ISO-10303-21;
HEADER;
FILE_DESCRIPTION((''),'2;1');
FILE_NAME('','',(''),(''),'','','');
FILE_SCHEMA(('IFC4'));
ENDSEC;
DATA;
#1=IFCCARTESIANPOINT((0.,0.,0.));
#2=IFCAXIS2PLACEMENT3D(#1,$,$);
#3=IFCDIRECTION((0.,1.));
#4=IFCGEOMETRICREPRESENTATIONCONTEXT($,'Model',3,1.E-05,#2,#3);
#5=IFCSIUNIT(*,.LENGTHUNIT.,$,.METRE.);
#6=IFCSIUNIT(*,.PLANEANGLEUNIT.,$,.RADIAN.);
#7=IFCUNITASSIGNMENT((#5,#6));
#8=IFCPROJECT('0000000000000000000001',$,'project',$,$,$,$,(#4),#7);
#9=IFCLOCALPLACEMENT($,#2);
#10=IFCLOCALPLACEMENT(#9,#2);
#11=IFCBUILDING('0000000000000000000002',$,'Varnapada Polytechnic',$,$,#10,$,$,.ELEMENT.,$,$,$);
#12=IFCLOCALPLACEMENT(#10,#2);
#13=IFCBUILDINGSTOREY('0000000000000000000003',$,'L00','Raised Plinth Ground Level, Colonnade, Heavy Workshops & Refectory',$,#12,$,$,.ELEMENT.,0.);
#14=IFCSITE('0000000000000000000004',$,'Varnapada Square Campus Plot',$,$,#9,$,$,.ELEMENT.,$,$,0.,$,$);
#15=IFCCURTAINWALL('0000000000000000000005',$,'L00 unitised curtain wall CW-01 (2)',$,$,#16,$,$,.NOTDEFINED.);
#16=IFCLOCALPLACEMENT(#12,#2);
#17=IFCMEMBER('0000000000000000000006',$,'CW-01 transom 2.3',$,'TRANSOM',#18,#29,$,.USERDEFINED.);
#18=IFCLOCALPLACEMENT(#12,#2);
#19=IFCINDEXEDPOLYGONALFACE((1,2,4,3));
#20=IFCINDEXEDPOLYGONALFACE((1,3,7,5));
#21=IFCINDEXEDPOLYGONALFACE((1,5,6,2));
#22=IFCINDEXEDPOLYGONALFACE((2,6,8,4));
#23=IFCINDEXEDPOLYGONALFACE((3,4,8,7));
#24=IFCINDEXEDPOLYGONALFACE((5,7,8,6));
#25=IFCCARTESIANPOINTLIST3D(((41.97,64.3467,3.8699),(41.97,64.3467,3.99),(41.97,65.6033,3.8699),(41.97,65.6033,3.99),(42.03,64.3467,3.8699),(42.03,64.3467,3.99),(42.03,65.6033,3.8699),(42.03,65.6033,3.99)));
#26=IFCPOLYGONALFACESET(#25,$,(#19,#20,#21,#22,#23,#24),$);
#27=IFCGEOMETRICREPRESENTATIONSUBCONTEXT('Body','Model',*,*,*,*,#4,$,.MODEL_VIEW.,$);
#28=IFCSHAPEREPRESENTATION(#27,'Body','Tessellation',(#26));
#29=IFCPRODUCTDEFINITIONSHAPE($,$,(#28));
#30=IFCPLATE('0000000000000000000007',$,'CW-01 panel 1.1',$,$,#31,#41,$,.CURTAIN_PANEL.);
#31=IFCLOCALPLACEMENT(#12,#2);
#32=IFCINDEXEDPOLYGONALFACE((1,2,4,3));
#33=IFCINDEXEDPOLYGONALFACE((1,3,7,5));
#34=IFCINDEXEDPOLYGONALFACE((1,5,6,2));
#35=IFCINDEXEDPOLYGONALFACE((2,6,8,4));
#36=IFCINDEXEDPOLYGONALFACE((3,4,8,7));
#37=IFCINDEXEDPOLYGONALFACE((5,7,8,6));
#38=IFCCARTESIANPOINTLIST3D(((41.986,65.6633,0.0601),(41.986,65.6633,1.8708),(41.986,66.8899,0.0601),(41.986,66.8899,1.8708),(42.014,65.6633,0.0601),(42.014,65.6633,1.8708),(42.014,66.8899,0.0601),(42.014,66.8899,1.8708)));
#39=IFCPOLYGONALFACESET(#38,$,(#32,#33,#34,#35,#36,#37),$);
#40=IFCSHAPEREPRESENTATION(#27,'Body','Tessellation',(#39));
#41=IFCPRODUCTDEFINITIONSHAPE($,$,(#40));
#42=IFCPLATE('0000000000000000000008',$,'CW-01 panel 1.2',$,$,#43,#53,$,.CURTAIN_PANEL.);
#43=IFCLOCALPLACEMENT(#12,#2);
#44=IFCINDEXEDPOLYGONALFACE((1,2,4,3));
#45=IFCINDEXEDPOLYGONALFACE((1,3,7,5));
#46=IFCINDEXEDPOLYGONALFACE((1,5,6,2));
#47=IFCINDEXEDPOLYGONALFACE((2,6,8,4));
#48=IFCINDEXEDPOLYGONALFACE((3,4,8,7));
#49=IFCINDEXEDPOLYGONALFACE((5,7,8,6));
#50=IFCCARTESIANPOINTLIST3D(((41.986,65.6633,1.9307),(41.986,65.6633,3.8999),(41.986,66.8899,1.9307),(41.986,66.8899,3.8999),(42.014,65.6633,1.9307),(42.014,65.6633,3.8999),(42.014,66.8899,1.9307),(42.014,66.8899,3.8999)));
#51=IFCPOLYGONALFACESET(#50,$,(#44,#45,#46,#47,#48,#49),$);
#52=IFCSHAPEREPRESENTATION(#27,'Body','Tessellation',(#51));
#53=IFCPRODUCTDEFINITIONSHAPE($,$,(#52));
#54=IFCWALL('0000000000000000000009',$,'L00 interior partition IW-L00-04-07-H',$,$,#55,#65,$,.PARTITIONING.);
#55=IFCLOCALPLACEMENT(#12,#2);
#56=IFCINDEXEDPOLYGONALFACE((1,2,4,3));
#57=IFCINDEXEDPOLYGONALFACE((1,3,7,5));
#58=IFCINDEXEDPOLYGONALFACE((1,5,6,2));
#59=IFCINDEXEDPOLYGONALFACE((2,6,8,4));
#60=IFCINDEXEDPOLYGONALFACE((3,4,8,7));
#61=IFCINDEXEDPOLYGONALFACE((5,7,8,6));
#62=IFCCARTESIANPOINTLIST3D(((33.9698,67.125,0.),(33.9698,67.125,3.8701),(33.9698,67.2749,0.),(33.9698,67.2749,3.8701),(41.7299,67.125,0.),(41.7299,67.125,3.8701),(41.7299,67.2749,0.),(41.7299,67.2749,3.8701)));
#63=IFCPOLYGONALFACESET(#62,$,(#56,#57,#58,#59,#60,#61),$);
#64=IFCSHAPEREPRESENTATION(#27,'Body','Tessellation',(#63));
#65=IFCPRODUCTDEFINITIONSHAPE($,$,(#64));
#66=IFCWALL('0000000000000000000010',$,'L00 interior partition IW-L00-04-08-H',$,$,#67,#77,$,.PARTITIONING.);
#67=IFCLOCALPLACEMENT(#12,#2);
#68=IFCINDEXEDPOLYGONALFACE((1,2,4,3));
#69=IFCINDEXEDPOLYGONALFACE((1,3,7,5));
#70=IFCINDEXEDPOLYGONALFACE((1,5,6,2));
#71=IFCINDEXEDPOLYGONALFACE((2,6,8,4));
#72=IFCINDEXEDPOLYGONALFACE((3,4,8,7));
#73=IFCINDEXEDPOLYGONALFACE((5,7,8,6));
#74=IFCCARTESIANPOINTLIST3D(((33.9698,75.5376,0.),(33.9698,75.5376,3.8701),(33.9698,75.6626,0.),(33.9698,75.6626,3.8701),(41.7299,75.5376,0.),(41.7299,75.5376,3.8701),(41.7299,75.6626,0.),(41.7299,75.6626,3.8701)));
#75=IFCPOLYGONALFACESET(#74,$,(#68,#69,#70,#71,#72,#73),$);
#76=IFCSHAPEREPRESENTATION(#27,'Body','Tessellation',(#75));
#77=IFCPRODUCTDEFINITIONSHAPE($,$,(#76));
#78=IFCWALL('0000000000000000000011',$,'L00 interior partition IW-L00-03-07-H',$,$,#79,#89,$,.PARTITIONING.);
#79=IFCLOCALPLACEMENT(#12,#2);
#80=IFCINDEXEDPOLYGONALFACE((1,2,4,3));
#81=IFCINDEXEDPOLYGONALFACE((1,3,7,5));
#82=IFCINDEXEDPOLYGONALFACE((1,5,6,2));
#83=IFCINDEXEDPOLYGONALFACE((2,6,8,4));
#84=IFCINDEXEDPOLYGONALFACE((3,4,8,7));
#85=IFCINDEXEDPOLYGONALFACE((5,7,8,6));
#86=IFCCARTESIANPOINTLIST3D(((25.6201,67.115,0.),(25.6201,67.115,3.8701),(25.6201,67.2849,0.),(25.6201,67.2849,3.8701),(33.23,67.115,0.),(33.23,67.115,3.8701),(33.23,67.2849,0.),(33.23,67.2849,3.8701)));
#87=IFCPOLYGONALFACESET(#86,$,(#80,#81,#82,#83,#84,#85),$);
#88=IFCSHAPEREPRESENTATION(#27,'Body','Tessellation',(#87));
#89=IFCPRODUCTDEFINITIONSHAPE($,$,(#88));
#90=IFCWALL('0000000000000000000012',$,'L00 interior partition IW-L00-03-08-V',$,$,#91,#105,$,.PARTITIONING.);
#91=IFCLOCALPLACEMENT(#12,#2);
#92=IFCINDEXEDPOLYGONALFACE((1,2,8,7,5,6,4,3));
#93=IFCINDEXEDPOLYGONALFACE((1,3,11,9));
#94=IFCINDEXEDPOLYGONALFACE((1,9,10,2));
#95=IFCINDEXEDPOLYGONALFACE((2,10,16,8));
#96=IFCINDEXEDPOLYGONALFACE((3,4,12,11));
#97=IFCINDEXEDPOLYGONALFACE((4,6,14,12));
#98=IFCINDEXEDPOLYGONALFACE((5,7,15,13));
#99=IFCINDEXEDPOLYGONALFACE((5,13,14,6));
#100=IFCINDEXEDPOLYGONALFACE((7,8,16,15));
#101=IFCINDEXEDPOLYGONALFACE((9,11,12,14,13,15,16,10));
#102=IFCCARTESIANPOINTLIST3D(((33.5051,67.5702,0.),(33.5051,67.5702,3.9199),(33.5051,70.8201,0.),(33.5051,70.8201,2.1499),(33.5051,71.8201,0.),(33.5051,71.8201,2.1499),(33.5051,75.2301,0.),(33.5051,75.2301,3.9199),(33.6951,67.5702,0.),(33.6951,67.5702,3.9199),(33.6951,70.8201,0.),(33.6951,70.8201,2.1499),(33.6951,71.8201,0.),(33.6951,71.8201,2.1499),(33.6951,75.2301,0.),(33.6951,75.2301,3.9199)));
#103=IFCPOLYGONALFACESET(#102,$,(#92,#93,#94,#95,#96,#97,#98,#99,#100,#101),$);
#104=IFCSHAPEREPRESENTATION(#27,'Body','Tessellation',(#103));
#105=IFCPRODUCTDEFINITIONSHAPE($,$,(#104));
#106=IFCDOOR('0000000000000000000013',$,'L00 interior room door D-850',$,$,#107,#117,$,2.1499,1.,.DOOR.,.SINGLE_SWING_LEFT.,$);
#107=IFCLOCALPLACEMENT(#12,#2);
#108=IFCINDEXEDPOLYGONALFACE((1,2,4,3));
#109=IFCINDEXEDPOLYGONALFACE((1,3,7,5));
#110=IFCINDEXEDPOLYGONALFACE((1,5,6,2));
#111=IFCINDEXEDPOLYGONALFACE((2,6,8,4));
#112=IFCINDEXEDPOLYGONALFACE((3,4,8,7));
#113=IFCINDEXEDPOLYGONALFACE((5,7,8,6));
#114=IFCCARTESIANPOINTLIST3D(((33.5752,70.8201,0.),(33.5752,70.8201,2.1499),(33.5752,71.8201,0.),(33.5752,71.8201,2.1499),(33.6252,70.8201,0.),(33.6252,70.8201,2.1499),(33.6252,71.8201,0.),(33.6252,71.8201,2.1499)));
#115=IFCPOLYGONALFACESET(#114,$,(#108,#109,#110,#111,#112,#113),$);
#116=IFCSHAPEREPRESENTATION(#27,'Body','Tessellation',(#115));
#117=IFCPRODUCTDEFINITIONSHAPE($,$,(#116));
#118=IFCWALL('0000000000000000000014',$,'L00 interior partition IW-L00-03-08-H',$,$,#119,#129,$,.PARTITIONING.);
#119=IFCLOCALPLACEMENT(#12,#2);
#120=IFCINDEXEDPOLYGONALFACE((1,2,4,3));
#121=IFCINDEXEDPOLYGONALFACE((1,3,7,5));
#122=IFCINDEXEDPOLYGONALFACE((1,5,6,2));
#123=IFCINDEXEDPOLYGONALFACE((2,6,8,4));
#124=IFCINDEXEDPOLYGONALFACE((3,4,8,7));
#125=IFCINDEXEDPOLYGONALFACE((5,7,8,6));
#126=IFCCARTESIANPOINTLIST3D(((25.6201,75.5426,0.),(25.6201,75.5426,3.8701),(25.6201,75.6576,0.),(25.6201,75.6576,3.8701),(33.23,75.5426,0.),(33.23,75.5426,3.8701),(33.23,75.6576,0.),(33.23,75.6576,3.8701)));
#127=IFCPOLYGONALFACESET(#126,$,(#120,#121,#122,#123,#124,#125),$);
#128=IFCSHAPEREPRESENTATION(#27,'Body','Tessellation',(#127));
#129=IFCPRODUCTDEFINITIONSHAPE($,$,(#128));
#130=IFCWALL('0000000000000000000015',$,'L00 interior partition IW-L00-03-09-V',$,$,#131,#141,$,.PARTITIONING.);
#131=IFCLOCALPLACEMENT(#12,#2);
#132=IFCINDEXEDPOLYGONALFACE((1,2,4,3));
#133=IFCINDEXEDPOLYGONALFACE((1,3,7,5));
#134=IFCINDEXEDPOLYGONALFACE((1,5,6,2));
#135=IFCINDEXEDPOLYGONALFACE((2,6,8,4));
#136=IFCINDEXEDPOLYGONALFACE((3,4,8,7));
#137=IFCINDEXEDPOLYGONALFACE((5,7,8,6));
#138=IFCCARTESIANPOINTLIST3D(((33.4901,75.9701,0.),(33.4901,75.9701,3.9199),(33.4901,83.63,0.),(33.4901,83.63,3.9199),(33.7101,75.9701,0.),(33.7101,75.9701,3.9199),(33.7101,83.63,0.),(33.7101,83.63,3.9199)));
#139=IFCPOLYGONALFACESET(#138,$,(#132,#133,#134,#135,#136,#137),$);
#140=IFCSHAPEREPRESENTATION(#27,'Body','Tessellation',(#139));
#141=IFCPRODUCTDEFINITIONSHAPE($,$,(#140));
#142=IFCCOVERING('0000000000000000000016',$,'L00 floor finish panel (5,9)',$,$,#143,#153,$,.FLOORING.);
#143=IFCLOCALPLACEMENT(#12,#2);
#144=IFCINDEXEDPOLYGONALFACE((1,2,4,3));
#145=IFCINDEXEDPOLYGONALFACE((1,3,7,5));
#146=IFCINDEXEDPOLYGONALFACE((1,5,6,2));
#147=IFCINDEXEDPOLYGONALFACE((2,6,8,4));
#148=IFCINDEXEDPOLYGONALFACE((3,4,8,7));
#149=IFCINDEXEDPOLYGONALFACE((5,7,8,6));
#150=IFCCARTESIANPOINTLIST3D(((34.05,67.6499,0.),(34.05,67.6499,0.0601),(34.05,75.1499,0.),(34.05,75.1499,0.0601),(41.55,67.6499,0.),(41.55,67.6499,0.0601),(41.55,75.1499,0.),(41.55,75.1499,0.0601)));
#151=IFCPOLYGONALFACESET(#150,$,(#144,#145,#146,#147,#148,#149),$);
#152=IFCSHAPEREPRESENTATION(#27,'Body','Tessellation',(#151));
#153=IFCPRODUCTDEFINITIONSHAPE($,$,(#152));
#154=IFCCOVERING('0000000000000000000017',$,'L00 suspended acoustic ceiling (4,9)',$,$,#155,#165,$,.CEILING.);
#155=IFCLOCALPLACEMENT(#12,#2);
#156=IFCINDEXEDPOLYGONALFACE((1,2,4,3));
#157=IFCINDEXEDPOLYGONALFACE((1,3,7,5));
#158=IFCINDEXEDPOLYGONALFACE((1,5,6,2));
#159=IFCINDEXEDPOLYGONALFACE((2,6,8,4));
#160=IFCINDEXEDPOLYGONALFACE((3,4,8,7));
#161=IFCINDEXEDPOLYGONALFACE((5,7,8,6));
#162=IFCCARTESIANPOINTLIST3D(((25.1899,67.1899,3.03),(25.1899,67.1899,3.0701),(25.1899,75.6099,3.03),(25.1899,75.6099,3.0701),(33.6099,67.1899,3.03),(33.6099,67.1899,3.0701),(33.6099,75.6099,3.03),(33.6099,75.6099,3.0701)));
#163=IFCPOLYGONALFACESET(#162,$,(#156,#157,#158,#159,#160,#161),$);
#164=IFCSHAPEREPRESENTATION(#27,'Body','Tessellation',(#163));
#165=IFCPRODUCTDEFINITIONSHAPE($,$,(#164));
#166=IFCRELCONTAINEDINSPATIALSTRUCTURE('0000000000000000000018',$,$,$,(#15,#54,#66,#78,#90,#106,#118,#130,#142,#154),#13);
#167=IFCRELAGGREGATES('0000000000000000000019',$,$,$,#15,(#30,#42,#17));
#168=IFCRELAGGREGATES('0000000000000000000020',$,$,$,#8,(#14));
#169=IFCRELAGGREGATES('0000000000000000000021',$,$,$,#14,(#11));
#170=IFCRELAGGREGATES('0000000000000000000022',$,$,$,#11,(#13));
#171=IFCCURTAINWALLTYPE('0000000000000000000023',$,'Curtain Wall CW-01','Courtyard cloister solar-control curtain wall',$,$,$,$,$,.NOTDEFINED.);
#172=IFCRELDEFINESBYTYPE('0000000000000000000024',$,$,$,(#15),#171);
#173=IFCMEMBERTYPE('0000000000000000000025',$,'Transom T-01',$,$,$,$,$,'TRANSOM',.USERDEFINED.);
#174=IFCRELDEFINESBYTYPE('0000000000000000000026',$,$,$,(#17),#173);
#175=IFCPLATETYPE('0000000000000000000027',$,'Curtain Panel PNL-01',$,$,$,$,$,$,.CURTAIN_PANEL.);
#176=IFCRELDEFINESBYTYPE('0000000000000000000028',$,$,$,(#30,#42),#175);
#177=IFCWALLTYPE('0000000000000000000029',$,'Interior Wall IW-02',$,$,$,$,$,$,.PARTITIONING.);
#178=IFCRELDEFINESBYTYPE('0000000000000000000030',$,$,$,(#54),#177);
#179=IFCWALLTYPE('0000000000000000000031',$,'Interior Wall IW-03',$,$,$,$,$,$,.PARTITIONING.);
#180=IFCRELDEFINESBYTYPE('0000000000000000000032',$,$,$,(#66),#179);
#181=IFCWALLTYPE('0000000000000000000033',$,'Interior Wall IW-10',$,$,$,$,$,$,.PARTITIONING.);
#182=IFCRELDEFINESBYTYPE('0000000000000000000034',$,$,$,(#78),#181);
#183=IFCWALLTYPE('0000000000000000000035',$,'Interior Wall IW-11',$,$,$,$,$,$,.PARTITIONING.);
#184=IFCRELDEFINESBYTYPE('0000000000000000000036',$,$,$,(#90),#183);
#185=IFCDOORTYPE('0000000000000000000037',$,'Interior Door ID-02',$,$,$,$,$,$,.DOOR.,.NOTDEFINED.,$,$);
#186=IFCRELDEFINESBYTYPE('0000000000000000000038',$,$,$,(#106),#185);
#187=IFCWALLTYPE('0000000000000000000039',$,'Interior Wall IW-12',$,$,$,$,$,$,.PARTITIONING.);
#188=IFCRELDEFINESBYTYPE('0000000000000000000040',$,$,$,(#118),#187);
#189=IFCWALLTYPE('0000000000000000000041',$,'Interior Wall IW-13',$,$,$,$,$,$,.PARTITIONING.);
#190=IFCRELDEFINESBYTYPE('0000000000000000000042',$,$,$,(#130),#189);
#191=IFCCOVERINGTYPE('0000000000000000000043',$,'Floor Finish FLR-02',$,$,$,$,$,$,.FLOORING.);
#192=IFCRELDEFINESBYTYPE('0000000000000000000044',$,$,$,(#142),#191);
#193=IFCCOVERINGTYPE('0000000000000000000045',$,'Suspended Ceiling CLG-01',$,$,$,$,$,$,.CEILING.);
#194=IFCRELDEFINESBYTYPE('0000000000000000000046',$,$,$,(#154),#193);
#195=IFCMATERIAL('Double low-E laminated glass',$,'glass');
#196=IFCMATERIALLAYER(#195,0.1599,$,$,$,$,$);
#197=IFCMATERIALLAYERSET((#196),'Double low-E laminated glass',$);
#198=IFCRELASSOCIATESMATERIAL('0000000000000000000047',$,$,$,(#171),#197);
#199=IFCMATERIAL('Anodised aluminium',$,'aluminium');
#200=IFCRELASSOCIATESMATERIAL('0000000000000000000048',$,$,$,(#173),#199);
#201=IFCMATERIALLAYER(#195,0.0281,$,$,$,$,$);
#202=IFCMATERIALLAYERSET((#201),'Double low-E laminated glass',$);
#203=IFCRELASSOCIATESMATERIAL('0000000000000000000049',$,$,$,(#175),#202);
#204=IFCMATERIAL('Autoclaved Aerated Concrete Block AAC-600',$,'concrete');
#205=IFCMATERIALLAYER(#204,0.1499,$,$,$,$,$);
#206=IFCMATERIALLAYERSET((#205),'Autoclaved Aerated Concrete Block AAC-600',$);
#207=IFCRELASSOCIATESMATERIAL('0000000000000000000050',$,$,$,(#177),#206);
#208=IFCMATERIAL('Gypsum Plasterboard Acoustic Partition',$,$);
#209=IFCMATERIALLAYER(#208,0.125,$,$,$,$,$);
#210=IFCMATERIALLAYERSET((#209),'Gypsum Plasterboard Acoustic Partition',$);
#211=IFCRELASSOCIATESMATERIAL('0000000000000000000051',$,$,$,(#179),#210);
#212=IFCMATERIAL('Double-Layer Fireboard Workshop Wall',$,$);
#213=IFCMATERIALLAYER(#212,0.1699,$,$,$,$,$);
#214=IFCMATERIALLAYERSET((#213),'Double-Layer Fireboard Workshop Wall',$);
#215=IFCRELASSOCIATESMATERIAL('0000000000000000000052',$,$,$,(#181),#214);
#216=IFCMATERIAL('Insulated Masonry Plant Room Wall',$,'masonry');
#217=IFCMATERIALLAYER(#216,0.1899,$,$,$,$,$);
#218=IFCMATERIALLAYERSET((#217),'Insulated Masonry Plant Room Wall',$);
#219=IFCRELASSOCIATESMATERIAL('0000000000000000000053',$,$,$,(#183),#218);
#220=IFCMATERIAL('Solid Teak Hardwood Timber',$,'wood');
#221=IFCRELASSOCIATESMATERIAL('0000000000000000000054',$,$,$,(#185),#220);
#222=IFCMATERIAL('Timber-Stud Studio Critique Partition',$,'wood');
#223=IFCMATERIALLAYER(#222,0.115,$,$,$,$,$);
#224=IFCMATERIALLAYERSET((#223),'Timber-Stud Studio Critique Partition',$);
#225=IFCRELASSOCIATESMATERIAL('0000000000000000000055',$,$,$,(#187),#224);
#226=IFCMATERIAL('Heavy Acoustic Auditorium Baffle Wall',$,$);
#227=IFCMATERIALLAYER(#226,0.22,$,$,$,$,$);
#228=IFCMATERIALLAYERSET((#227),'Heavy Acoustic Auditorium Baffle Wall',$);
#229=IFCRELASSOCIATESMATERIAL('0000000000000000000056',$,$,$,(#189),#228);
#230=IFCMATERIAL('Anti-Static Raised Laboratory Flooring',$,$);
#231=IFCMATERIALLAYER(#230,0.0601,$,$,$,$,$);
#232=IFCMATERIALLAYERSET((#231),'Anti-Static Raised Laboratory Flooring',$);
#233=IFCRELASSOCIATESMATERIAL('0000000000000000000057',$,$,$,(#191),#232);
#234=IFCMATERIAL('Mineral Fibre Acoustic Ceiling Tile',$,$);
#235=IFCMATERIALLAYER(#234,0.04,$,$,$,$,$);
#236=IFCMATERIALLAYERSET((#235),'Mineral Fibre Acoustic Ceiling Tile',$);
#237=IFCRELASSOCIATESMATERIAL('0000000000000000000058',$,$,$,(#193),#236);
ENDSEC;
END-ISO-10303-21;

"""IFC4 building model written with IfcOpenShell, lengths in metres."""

from ifc_helpers import new_model, si_unit, direction, frame, frame_2d, origin, origin_2d, place, context, subcontext, project, spatial, rectangle, extrude, material, layer, layer_set, material_profile, profile_set, type_object, element, fill, aggregate, save


model = new_model("IFC4")

# Units and contexts
model_context = context("Model", 3, precision=1e-05, world=origin(), true_north=direction((0.0, 1.0)))
body_context = subcontext(model_context, "Body", "Model", "MODEL_VIEW")
ifc_project = project(units=[si_unit("LENGTHUNIT", "METRE"), si_unit("PLANEANGLEUNIT", "RADIAN")], contexts=[model_context])

# Site, building, storey
site_placement = place(None, origin())
site = spatial("IfcSite", under=ifc_project, at=site_placement, Name="Varnapada Square Campus Plot", CompositionType="ELEMENT", RefElevation=0.0)
building_placement = place(site_placement, origin())
building = spatial("IfcBuilding", under=site, at=building_placement, Name="Varnapada Polytechnic", CompositionType="ELEMENT")
storey_placement = place(building_placement, origin())
storey = spatial("IfcBuildingStorey", under=building, at=storey_placement, Name="L00", Description="Raised Plinth Ground Level, Colonnade, Heavy Workshops & Refectory", CompositionType="ELEMENT", Elevation=0.0)

# Curtain wall
ifc_material_1 = material(Name="Double low-E laminated glass", Category="glass")
ifc_layer_1 = layer(ifc_material_1, 0.1599)
ifc_layer_set_1 = layer_set([ifc_layer_1], Name="Double low-E laminated glass")
curtain_wall_type = type_object("IfcCurtainWallType", Name="Curtain Wall CW-01", Description="Courtyard cloister solar-control curtain wall", PredefinedType="NOTDEFINED", material=ifc_layer_set_1)
curtain_wall_placement = place(storey_placement, origin())
curtain_wall = element("IfcCurtainWall", 1, at=curtain_wall_placement, inside=storey, type_object=curtain_wall_type, Name="L00 unitised curtain wall CW-01 (2)", PredefinedType="NOTDEFINED")
ifc_material_2 = material(Name="Anodised aluminium", Category="aluminium")

# Member
ifc_material_profile_1 = material_profile(ifc_material_2, rectangle(XDim=0.0601, YDim=0.1201, at=origin_2d()), Name="ALU T60x120")
ifc_profile_set_1 = profile_set([ifc_material_profile_1], Name="Anodised aluminium")
member_type_1 = type_object("IfcMemberType", Name="Transom T-01", ElementType="TRANSOM", PredefinedType="USERDEFINED", material=ifc_profile_set_1)
member_1_placement = place(storey_placement, frame((42.0, 65.6033, 3.9299), z_axis=(0.0, -1.0, 0.0), x_axis=(1.0, 0.0, 0.0)))
member_1 = element("IfcMember", 2, at=member_1_placement, type_object=member_type_1, Name="CW-01 transom 2.3", ObjectType="TRANSOM", PredefinedType="USERDEFINED", context=body_context, shape_type="SweptSolid", body=[
    extrude(rectangle(XDim=0.0601, YDim=0.1201, at=origin_2d()), origin(), (0.0, 0.0, 1.0), 1.2566),
])

# Plates
ifc_layer_2 = layer(ifc_material_1, 0.0281)
ifc_layer_set_2 = layer_set([ifc_layer_2], Name="Double low-E laminated glass")
plate_type = type_object("IfcPlateType", Name="Curtain Panel PNL-01", PredefinedType="CURTAIN_PANEL", material=ifc_layer_set_2)
plate_1_placement = place(storey_placement, frame((42.0, 66.2766, 0.0601), z_axis=(0.0, 0.0, 1.0), x_axis=(0.0, -1.0, 0.0)))
plate_1 = element("IfcPlate", 3, at=plate_1_placement, type_object=plate_type, Name="CW-01 panel 1.1", PredefinedType="CURTAIN_PANEL", context=body_context, shape_type="SweptSolid", body=[
    extrude(rectangle(XDim=1.2266, YDim=0.0281, at=origin_2d()), origin(), (0.0, 0.0, 1.0), 1.8108),
])
plate_2_placement = place(storey_placement, frame((42.0, 66.2766, 1.9307), z_axis=(0.0, 0.0, 1.0), x_axis=(0.0, -1.0, 0.0)))
plate_2 = element("IfcPlate", 4, at=plate_2_placement, type_object=plate_type, Name="CW-01 panel 1.2", PredefinedType="CURTAIN_PANEL", context=body_context, shape_type="SweptSolid", body=[
    extrude(rectangle(XDim=1.2266, YDim=0.0281, at=origin_2d()), origin(), (0.0, 0.0, 1.0), 1.9692),
])
aggregate(curtain_wall, [plate_1, plate_2, member_1])

# Walls
ifc_material_3 = material(Name="Autoclaved Aerated Concrete Block AAC-600", Category="concrete")
ifc_layer_3 = layer(ifc_material_3, 0.1499)
ifc_layer_set_3 = layer_set([ifc_layer_3], Name="Autoclaved Aerated Concrete Block AAC-600")
wall_type_1 = type_object("IfcWallType", Name="Interior Wall IW-02", PredefinedType="PARTITIONING", material=ifc_layer_set_3)
wall_1_placement = place(storey_placement, frame((33.97, 67.2, 0.0), z_axis=(0.0, 0.0, 1.0), x_axis=(1.0, 0.0, 0.0)))
element("IfcWall", 5, at=wall_1_placement, inside=storey, type_object=wall_type_1, Name="L00 interior partition IW-L00-04-07-H", PredefinedType="PARTITIONING", context=body_context, shape_type="SweptSolid", body=[
    extrude(rectangle(XDim=7.76, YDim=0.1499, at=frame_2d((3.8799, 0.0))), origin(), (0.0, 0.0, 1.0), 3.8701),
])
ifc_material_4 = material(Name="Gypsum Plasterboard Acoustic Partition")
ifc_layer_4 = layer(ifc_material_4, 0.125)
ifc_layer_set_4 = layer_set([ifc_layer_4], Name="Gypsum Plasterboard Acoustic Partition")
wall_type_2 = type_object("IfcWallType", Name="Interior Wall IW-03", PredefinedType="PARTITIONING", material=ifc_layer_set_4)
wall_2_placement = place(storey_placement, frame((33.97, 75.6001, 0.0), z_axis=(0.0, 0.0, 1.0), x_axis=(1.0, 0.0, 0.0)))
element("IfcWall", 6, at=wall_2_placement, inside=storey, type_object=wall_type_2, Name="L00 interior partition IW-L00-04-08-H", PredefinedType="PARTITIONING", context=body_context, shape_type="SweptSolid", body=[
    extrude(rectangle(XDim=7.76, YDim=0.125, at=frame_2d((3.8799, 0.0))), origin(), (0.0, 0.0, 1.0), 3.8701),
])
ifc_material_5 = material(Name="Double-Layer Fireboard Workshop Wall")
ifc_layer_5 = layer(ifc_material_5, 0.1699)
ifc_layer_set_5 = layer_set([ifc_layer_5], Name="Double-Layer Fireboard Workshop Wall")
wall_type_3 = type_object("IfcWallType", Name="Interior Wall IW-10", PredefinedType="PARTITIONING", material=ifc_layer_set_5)
wall_3_placement = place(storey_placement, frame((25.6201, 67.2, 0.0), z_axis=(0.0, 0.0, 1.0), x_axis=(1.0, 0.0, 0.0)))
element("IfcWall", 7, at=wall_3_placement, inside=storey, type_object=wall_type_3, Name="L00 interior partition IW-L00-03-07-H", PredefinedType="PARTITIONING", context=body_context, shape_type="SweptSolid", body=[
    extrude(rectangle(XDim=7.6099, YDim=0.1699, at=frame_2d((3.8049, 0.0))), origin(), (0.0, 0.0, 1.0), 3.8701),
])

# Wall, opening, door
ifc_material_6 = material(Name="Insulated Masonry Plant Room Wall", Category="masonry")
ifc_layer_6 = layer(ifc_material_6, 0.1899)
ifc_layer_set_6 = layer_set([ifc_layer_6], Name="Insulated Masonry Plant Room Wall")
wall_type_4 = type_object("IfcWallType", Name="Interior Wall IW-11", PredefinedType="PARTITIONING", material=ifc_layer_set_6)
wall_4_placement = place(storey_placement, frame((33.6001, 67.5701, 0.0), z_axis=(0.0, 0.0, 1.0), x_axis=(0.0, 1.0, 0.0)))
wall_4 = element("IfcWall", 8, at=wall_4_placement, inside=storey, type_object=wall_type_4, Name="L00 interior partition IW-L00-03-08-V", PredefinedType="PARTITIONING", context=body_context, shape_type="SweptSolid", body=[
    extrude(rectangle(XDim=7.6599, YDim=0.1899, at=frame_2d((3.8301, 0.0))), origin(), (0.0, 0.0, 1.0), 3.9199),
])
opening_placement = place(wall_4_placement, frame((3.25, 0.0, 0.0)))
opening = element("IfcOpeningElement", 9, at=opening_placement, cuts=wall_4, PredefinedType="OPENING", context=body_context, shape_type="SweptSolid", body=[
    extrude(rectangle(XDim=1.0, YDim=2.1499, at=frame_2d((0.5, 1.075))), frame((0.0, 0.105, 0.0), z_axis=(0.0, -1.0, 0.0), x_axis=(1.0, 0.0, 0.0)), (0.0, 0.0, 1.0), 0.21),
])
ifc_material_7 = material(Name="Solid Teak Hardwood Timber", Category="wood")
door_type = type_object("IfcDoorType", Name="Interior Door ID-02", OperationType="NOTDEFINED", PredefinedType="DOOR", material=ifc_material_7)
door_placement = place(opening_placement, origin())
door = element("IfcDoor", 10, at=door_placement, inside=storey, type_object=door_type, Name="L00 interior room door D-850", OperationType="SINGLE_SWING_LEFT", OverallHeight=2.1499, OverallWidth=1.0, PredefinedType="DOOR", context=body_context, shape_type="SweptSolid", body=[
    extrude(rectangle(XDim=1.0, YDim=2.1499, at=frame_2d((0.5, 1.075))), frame((0.0, 0.0249, 0.0), z_axis=(0.0, -1.0, 0.0), x_axis=(1.0, 0.0, 0.0)), (0.0, 0.0, 1.0), 0.05),
])
fill(opening, door)

# Walls
ifc_material_8 = material(Name="Timber-Stud Studio Critique Partition", Category="wood")
ifc_layer_7 = layer(ifc_material_8, 0.115)
ifc_layer_set_7 = layer_set([ifc_layer_7], Name="Timber-Stud Studio Critique Partition")
wall_type_5 = type_object("IfcWallType", Name="Interior Wall IW-12", PredefinedType="PARTITIONING", material=ifc_layer_set_7)
wall_5_placement = place(storey_placement, frame((25.6201, 75.6001, 0.0), z_axis=(0.0, 0.0, 1.0), x_axis=(1.0, 0.0, 0.0)))
element("IfcWall", 11, at=wall_5_placement, inside=storey, type_object=wall_type_5, Name="L00 interior partition IW-L00-03-08-H", PredefinedType="PARTITIONING", context=body_context, shape_type="SweptSolid", body=[
    extrude(rectangle(XDim=7.6099, YDim=0.115, at=frame_2d((3.8049, 0.0))), origin(), (0.0, 0.0, 1.0), 3.8701),
])
ifc_material_9 = material(Name="Heavy Acoustic Auditorium Baffle Wall")
ifc_layer_8 = layer(ifc_material_9, 0.22)
ifc_layer_set_8 = layer_set([ifc_layer_8], Name="Heavy Acoustic Auditorium Baffle Wall")
wall_type_6 = type_object("IfcWallType", Name="Interior Wall IW-13", PredefinedType="PARTITIONING", material=ifc_layer_set_8)
wall_6_placement = place(storey_placement, frame((33.6001, 75.97, 0.0), z_axis=(0.0, 0.0, 1.0), x_axis=(0.0, 1.0, 0.0)))
element("IfcWall", 12, at=wall_6_placement, inside=storey, type_object=wall_type_6, Name="L00 interior partition IW-L00-03-09-V", PredefinedType="PARTITIONING", context=body_context, shape_type="SweptSolid", body=[
    extrude(rectangle(XDim=7.6599, YDim=0.22, at=frame_2d((3.8301, 0.0))), origin(), (0.0, 0.0, 1.0), 3.9199),
])

# Coverings
ifc_material_10 = material(Name="Anti-Static Raised Laboratory Flooring")
ifc_layer_9 = layer(ifc_material_10, 0.0601)
ifc_layer_set_9 = layer_set([ifc_layer_9], Name="Anti-Static Raised Laboratory Flooring")
covering_type_1 = type_object("IfcCoveringType", Name="Floor Finish FLR-02", PredefinedType="FLOORING", material=ifc_layer_set_9)
covering_1_placement = place(storey_placement, frame((37.8, 71.3999, 0.0), z_axis=(0.0, 0.0, 1.0), x_axis=(1.0, 0.0, 0.0)))
element("IfcCovering", 13, at=covering_1_placement, inside=storey, type_object=covering_type_1, Name="L00 floor finish panel (5,9)", PredefinedType="FLOORING", context=body_context, shape_type="SweptSolid", body=[
    extrude(rectangle(XDim=7.5, YDim=7.5, at=origin_2d()), origin(), (0.0, 0.0, 1.0), 0.0601),
])
ifc_material_11 = material(Name="Mineral Fibre Acoustic Ceiling Tile")
ifc_layer_10 = layer(ifc_material_11, 0.04)
ifc_layer_set_10 = layer_set([ifc_layer_10], Name="Mineral Fibre Acoustic Ceiling Tile")
covering_type_2 = type_object("IfcCoveringType", Name="Suspended Ceiling CLG-01", PredefinedType="CEILING", material=ifc_layer_set_10)
covering_2_placement = place(storey_placement, frame((29.3999, 71.3999, 3.03), z_axis=(0.0, 0.0, 1.0), x_axis=(1.0, 0.0, 0.0)))
element("IfcCovering", 14, at=covering_2_placement, inside=storey, type_object=covering_type_2, Name="L00 suspended acoustic ceiling (4,9)", PredefinedType="CEILING", context=body_context, shape_type="SweptSolid", body=[
    extrude(rectangle(XDim=8.4199, YDim=8.4199, at=origin_2d()), origin(), (0.0, 0.0, 1.0), 0.04),
])

save(model, "model.ifc")
